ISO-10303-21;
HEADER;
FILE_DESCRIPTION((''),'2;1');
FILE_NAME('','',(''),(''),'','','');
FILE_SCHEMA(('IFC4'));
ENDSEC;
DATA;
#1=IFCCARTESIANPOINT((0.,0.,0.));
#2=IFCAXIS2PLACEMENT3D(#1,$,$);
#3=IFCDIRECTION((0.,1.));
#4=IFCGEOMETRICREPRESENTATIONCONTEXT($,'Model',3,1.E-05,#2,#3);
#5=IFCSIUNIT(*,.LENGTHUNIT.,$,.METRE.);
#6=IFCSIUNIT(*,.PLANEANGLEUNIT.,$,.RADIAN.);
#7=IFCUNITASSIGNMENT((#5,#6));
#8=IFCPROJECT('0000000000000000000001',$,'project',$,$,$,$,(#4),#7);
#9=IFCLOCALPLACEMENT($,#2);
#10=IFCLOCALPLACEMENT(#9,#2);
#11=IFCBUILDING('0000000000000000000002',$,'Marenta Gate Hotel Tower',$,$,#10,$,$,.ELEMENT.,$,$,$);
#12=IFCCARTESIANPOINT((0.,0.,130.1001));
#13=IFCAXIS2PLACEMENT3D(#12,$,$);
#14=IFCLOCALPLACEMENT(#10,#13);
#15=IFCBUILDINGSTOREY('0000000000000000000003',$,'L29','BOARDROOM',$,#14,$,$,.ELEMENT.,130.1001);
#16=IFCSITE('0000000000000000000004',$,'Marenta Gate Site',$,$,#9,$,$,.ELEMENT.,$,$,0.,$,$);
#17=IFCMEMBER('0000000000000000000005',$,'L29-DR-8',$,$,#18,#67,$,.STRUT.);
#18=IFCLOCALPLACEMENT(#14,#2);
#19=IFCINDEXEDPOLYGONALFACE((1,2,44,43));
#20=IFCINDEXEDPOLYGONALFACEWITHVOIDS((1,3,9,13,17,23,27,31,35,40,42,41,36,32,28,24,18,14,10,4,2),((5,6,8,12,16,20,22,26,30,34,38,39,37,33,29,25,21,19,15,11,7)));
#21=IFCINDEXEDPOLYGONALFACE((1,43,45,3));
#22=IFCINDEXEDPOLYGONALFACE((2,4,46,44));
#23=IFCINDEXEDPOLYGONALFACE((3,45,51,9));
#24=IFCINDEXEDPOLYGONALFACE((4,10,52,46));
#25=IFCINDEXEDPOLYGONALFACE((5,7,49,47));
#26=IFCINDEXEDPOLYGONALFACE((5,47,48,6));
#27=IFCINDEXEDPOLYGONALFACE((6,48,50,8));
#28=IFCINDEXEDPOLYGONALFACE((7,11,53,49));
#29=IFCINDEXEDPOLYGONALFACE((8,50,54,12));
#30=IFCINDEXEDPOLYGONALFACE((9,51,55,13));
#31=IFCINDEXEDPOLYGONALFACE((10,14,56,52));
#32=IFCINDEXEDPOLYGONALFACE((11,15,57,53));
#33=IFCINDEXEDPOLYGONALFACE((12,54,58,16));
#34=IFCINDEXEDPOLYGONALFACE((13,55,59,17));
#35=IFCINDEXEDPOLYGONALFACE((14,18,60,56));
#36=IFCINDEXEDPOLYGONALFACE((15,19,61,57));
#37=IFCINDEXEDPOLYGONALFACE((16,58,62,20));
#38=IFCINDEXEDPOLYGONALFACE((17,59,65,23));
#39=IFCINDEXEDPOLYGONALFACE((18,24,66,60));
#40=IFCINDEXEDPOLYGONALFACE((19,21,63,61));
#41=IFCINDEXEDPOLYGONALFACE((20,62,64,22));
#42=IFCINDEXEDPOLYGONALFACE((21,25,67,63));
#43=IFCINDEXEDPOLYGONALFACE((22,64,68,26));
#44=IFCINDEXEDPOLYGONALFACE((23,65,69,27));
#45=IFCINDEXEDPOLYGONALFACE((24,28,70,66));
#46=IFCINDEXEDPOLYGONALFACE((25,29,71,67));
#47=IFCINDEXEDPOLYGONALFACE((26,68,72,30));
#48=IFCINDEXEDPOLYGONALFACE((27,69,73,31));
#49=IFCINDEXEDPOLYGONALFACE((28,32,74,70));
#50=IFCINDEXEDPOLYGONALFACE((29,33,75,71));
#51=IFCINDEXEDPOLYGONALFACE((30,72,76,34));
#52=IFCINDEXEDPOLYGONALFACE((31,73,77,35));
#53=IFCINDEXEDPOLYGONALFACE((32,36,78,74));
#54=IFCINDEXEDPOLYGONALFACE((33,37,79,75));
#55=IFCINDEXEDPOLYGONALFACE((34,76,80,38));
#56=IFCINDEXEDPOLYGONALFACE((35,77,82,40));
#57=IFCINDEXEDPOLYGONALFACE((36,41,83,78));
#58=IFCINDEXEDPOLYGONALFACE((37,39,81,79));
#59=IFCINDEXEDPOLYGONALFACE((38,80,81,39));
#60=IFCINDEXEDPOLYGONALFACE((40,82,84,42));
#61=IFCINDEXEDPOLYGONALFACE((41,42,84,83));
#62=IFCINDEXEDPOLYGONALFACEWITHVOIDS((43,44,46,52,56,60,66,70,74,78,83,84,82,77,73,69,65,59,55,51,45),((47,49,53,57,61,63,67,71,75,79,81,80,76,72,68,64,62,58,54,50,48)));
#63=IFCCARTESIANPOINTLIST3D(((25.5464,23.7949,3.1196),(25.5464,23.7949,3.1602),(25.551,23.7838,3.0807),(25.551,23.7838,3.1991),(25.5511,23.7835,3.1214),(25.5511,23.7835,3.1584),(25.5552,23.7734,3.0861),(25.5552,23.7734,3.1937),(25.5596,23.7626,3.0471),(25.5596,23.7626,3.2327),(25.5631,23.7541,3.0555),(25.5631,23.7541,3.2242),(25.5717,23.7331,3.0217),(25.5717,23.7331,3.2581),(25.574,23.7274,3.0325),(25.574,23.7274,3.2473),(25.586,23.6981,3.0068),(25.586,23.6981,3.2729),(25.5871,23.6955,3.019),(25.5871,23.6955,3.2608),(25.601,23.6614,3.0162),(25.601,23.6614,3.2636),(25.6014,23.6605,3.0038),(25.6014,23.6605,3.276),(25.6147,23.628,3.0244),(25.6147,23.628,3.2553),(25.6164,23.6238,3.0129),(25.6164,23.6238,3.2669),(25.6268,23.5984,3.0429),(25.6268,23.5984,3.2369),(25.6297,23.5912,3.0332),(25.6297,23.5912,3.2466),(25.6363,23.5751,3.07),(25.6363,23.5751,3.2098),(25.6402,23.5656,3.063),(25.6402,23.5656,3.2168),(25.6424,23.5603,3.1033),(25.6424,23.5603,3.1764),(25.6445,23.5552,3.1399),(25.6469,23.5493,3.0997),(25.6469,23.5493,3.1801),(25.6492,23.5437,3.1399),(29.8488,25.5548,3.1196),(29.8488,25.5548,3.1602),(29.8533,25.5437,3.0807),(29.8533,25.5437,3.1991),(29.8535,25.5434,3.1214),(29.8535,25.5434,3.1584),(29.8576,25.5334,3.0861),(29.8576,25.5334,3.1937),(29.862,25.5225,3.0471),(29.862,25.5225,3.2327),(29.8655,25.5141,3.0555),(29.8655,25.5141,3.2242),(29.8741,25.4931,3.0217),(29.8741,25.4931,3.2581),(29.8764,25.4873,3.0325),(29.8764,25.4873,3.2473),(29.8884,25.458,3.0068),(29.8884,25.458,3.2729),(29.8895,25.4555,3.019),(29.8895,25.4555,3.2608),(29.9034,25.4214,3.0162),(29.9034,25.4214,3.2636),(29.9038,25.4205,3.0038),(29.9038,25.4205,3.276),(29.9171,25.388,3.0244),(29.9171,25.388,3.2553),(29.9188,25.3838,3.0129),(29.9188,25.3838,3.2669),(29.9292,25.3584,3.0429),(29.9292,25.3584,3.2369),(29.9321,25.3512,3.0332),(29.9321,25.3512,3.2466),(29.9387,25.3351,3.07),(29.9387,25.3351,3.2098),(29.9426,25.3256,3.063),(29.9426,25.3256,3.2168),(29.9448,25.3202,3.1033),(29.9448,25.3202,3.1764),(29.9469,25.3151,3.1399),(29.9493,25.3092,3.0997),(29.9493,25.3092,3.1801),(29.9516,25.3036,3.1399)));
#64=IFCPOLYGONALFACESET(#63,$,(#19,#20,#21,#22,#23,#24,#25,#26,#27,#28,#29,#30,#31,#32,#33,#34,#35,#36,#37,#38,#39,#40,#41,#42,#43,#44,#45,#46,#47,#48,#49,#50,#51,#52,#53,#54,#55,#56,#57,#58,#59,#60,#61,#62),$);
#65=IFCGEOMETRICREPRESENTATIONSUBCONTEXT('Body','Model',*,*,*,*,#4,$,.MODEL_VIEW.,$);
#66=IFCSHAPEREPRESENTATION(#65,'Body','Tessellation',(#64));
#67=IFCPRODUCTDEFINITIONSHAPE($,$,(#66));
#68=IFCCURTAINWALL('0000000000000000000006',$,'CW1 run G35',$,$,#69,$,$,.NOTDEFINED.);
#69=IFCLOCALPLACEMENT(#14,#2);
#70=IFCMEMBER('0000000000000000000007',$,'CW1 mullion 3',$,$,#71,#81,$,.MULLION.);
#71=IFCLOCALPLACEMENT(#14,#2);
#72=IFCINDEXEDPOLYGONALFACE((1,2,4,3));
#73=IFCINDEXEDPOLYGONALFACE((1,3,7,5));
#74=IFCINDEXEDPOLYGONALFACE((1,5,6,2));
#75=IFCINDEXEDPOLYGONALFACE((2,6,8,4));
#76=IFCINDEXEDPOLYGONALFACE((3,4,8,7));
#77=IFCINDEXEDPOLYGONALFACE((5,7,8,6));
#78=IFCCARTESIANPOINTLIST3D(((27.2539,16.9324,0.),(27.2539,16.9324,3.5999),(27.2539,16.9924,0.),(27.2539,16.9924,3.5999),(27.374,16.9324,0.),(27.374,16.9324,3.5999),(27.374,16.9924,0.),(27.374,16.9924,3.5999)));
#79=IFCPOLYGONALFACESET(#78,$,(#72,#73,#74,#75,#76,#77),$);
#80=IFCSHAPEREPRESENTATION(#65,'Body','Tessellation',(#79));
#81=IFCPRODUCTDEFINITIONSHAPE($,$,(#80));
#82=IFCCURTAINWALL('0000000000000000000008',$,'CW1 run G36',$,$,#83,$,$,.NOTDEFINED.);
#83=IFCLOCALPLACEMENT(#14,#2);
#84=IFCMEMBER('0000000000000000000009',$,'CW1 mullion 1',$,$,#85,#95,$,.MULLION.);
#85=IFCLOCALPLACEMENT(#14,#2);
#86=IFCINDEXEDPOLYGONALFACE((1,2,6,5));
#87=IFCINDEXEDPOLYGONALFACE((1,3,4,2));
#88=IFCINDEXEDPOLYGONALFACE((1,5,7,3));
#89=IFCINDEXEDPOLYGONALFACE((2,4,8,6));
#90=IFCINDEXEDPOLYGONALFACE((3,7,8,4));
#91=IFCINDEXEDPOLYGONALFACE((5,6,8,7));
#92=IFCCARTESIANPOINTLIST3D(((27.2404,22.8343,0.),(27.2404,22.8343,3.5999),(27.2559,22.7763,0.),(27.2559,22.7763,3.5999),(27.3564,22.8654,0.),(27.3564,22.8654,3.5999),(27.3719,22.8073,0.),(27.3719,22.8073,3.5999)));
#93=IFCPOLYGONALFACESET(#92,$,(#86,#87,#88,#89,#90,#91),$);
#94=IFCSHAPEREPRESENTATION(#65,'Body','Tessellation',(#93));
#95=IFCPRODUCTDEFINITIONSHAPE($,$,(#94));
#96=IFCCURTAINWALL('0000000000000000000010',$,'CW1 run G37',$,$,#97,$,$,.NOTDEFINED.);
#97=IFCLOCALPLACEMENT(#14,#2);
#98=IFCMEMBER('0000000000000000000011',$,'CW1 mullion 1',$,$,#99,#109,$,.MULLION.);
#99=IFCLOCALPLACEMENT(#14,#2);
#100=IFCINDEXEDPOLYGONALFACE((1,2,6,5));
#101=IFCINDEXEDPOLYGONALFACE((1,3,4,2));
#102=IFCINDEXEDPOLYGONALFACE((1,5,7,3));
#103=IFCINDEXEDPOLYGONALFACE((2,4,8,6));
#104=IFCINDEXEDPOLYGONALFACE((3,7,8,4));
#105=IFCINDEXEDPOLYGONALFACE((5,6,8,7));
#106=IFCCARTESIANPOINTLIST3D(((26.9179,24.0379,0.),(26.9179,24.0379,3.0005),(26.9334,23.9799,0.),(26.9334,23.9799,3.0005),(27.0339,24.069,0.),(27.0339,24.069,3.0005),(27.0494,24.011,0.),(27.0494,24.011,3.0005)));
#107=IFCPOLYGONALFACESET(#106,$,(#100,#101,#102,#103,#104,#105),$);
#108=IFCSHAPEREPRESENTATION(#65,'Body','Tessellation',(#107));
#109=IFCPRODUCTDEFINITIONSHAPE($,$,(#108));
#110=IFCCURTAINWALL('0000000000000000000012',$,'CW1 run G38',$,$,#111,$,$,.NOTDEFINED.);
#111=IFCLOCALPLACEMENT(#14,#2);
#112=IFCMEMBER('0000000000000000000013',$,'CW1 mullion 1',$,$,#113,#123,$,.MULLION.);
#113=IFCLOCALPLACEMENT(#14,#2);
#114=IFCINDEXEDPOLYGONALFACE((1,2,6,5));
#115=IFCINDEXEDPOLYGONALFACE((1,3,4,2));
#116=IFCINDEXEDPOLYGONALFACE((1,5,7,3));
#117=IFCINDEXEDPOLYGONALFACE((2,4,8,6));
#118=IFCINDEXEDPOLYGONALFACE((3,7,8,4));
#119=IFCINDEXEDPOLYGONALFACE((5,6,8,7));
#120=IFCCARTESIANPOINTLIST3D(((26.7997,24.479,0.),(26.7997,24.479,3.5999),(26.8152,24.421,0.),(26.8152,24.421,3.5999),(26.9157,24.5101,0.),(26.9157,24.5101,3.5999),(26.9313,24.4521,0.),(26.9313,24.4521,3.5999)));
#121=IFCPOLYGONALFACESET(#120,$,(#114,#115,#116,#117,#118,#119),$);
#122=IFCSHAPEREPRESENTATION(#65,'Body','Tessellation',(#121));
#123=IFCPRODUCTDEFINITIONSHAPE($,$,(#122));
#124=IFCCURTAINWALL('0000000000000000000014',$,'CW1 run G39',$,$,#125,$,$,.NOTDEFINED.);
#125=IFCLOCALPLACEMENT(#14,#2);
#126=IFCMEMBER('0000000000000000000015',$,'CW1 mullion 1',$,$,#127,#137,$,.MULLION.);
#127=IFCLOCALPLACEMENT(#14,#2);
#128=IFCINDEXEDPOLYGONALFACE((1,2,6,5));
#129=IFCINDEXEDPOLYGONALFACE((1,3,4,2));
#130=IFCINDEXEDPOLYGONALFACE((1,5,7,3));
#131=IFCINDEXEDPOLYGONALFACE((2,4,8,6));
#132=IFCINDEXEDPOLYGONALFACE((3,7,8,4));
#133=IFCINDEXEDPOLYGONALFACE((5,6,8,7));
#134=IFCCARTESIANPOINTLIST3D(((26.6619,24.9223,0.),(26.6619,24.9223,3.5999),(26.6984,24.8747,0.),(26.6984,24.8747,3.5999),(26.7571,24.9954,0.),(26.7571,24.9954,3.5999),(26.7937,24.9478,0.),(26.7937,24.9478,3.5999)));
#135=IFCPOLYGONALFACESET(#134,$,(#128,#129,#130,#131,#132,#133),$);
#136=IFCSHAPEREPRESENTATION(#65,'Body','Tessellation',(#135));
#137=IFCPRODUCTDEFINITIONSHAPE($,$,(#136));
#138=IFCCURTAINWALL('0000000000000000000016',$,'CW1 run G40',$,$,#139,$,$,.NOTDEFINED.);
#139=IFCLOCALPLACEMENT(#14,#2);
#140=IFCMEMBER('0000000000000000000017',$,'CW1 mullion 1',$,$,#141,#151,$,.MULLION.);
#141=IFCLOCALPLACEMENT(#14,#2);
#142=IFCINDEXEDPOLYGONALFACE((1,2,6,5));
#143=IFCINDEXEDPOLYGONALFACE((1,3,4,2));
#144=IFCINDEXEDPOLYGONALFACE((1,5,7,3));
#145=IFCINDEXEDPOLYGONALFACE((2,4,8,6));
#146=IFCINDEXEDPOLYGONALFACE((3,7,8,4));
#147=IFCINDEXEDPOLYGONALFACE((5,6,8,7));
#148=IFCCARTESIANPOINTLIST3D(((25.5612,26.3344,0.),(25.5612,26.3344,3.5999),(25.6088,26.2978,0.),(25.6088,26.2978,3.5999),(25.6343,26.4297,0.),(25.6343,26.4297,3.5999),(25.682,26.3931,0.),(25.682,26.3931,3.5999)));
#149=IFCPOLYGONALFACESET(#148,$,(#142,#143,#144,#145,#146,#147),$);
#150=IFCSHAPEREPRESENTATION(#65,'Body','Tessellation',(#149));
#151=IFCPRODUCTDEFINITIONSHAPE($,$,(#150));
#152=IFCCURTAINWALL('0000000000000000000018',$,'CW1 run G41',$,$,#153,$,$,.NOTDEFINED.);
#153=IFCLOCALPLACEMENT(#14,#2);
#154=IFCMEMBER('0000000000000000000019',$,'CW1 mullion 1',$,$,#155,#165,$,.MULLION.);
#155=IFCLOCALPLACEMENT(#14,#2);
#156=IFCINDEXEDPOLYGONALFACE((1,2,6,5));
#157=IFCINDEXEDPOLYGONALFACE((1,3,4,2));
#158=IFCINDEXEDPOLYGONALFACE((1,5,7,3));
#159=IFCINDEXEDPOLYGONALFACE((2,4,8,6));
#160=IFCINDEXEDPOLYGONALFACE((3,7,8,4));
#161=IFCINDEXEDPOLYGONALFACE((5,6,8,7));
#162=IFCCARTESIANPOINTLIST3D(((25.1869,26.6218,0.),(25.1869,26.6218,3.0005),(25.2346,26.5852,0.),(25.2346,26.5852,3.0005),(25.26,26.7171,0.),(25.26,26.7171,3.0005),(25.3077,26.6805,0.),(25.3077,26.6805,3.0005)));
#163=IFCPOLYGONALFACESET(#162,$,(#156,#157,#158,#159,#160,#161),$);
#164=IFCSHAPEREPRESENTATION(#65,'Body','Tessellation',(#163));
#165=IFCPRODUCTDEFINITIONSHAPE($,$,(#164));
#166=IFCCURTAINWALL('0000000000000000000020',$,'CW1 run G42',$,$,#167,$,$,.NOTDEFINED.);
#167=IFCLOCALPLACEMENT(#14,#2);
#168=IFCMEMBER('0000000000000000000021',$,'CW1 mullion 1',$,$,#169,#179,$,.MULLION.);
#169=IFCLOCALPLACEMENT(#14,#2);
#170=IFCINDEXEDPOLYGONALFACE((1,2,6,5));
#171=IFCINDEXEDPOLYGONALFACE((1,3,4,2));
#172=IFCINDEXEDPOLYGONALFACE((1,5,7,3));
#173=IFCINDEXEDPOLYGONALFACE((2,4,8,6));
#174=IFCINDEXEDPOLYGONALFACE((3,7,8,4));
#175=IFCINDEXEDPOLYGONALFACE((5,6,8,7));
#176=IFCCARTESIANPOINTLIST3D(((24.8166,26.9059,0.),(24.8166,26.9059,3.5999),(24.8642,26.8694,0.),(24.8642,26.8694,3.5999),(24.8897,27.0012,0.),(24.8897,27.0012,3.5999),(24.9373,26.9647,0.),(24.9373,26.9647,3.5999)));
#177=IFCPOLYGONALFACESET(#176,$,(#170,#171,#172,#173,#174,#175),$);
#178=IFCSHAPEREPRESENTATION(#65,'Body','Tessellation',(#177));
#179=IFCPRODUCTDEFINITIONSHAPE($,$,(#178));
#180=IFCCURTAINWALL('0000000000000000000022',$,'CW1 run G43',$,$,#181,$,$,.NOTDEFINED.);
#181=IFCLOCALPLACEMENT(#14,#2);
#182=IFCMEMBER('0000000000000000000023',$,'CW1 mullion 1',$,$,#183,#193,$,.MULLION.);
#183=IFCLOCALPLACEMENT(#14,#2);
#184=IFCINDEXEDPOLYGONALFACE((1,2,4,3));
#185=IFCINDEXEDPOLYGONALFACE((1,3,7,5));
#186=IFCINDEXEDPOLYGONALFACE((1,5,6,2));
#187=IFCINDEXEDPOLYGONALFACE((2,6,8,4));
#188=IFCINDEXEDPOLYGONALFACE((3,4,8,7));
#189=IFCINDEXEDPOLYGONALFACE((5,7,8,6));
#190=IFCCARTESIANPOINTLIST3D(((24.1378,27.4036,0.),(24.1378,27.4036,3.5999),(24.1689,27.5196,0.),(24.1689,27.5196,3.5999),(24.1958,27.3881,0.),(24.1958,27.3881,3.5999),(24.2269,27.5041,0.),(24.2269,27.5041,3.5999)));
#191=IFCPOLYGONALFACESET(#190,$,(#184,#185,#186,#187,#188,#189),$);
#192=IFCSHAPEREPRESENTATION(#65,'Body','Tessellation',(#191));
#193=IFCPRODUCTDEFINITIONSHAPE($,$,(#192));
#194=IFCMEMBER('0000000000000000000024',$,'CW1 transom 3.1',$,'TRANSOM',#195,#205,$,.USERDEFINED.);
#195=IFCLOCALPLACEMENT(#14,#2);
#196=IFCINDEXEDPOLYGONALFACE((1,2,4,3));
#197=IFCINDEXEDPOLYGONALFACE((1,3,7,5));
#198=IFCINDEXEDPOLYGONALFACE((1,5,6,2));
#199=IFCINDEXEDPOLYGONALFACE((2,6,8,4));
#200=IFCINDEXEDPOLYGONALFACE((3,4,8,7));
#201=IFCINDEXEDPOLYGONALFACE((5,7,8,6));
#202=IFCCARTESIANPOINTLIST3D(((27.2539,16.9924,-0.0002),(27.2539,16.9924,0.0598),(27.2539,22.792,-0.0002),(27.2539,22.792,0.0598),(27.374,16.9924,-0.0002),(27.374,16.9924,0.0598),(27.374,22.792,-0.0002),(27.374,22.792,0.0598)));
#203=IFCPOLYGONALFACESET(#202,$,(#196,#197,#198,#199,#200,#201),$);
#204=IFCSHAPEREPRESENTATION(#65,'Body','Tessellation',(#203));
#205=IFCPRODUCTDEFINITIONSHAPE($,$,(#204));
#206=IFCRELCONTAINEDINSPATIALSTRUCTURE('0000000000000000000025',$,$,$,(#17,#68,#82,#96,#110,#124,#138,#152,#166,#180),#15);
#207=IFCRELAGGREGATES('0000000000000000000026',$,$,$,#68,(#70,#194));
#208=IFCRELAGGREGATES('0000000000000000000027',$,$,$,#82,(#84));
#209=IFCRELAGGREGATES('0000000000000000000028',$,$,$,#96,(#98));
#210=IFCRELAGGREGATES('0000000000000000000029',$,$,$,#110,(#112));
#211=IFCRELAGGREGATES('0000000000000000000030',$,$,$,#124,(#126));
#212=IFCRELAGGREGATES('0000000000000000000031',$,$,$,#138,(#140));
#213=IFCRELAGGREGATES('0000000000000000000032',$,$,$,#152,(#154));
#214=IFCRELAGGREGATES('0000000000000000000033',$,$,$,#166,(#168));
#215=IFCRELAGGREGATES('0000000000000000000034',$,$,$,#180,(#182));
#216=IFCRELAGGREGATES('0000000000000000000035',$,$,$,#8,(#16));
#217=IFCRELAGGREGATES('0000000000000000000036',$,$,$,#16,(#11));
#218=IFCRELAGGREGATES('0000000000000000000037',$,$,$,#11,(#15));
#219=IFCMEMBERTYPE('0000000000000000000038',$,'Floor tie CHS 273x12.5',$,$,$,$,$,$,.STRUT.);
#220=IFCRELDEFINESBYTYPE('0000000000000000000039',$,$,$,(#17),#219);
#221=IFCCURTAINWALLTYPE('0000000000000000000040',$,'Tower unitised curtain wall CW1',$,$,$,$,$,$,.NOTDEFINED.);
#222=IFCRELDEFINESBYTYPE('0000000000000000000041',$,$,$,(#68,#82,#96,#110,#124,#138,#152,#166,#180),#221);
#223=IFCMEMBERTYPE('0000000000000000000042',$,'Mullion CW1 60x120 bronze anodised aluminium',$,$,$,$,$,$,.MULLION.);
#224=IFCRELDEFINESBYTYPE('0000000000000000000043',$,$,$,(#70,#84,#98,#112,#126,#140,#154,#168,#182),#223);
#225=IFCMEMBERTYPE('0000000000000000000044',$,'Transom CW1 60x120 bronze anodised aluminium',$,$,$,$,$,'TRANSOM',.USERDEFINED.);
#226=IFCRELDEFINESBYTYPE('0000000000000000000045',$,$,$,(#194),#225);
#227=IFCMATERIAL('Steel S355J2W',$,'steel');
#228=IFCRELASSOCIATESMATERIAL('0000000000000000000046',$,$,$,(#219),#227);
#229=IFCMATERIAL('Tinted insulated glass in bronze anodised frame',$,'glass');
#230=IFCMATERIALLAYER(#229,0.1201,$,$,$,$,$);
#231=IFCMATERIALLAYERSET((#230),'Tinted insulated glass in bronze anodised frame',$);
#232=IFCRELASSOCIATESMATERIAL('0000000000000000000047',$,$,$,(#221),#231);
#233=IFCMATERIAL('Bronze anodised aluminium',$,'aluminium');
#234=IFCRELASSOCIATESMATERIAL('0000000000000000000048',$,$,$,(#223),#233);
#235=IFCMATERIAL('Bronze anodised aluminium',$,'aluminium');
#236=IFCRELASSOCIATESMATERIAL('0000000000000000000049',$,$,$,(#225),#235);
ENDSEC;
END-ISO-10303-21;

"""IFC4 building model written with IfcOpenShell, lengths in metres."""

from ifc_helpers import new_model, si_unit, direction, frame, origin, origin_2d, place, context, subcontext, project, spatial, rectangle, hollow_circle, extrude, material, layer, layer_set, material_profile, profile_set, type_object, element, aggregate, save


model = new_model("IFC4")

# Units and contexts
model_context = context("Model", 3, precision=1e-05, world=origin(), true_north=direction((0.0, 1.0)))
body_context = subcontext(model_context, "Body", "Model", "MODEL_VIEW")
ifc_project = project(units=[si_unit("LENGTHUNIT", "METRE"), si_unit("PLANEANGLEUNIT", "RADIAN")], contexts=[model_context])

# Site, building, storey
site_placement = place(None, origin())
site = spatial("IfcSite", under=ifc_project, at=site_placement, Name="Marenta Gate Site", CompositionType="ELEMENT", RefElevation=0.0)
building_placement = place(site_placement, origin())
building = spatial("IfcBuilding", under=site, at=building_placement, Name="Marenta Gate Hotel Tower", CompositionType="ELEMENT")
storey_placement = place(building_placement, frame((0.0, 0.0, 130.1001)))
storey = spatial("IfcBuildingStorey", under=building, at=storey_placement, Name="L29", Description="BOARDROOM", CompositionType="ELEMENT", Elevation=130.1001)

# Member
ifc_material_1 = material(Name="Steel S355J2W", Category="steel")
ifc_material_profile_1 = material_profile(ifc_material_1, hollow_circle(Radius=0.1365, WallThickness=0.0125, at=origin_2d()), Name="CHS 273x12.5")
ifc_profile_set_1 = profile_set([ifc_material_profile_1], Name="Steel S355J2W")
member_type_1 = type_object("IfcMemberType", Name="Floor tie CHS 273x12.5", PredefinedType="STRUT", material=ifc_profile_set_1)
member_1_placement = place(storey_placement, frame((29.8999, 25.4299, 3.1399), z_axis=(-0.925554, -0.378614, 0.0), x_axis=(0.378614, -0.925554, 0.0)))
element("IfcMember", 1, at=member_1_placement, inside=storey, type_object=member_type_1, Name="L29-DR-8", PredefinedType="STRUT", context=body_context, shape_type="SweptSolid", body=[
    extrude(hollow_circle(Radius=0.1365, WallThickness=0.0125, at=origin_2d()), origin(), (0.0, 0.0, 1.0), 4.6484),
])

# Curtain walls, members
ifc_material_2 = material(Name="Tinted insulated glass in bronze anodised frame", Category="glass")
ifc_layer_1 = layer(ifc_material_2, 0.1201)
ifc_layer_set_1 = layer_set([ifc_layer_1], Name="Tinted insulated glass in bronze anodised frame")
curtain_wall_type = type_object("IfcCurtainWallType", Name="Tower unitised curtain wall CW1", PredefinedType="NOTDEFINED", material=ifc_layer_set_1)
curtain_wall_1_placement = place(storey_placement, origin())
curtain_wall_1 = element("IfcCurtainWall", 2, at=curtain_wall_1_placement, inside=storey, type_object=curtain_wall_type, Name="CW1 run G35", PredefinedType="NOTDEFINED")
ifc_material_3 = material(Name="Bronze anodised aluminium", Category="aluminium")
ifc_material_profile_2 = material_profile(ifc_material_3, rectangle(XDim=0.1201, YDim=0.0601, at=origin_2d()), Name="Mullion CW1 60x120 bronze anodised aluminium")
ifc_profile_set_2 = profile_set([ifc_material_profile_2], Name="Bronze anodised aluminium")
member_type_2 = type_object("IfcMemberType", Name="Mullion CW1 60x120 bronze anodised aluminium", PredefinedType="MULLION", material=ifc_profile_set_2)
member_2_placement = place(storey_placement, frame((27.314, 16.9624, 0.0), z_axis=(0.0, 0.0, 1.0), x_axis=(-1.0, 0.0, 0.0)))
member_2 = element("IfcMember", 3, at=member_2_placement, type_object=member_type_2, Name="CW1 mullion 3", PredefinedType="MULLION", context=body_context, shape_type="SweptSolid", body=[
    extrude(rectangle(XDim=0.1201, YDim=0.0601, at=origin_2d()), origin(), (0.0, 0.0, 1.0), 3.5999),
])
curtain_wall_2_placement = place(storey_placement, origin())
curtain_wall_2 = element("IfcCurtainWall", 4, at=curtain_wall_2_placement, inside=storey, type_object=curtain_wall_type, Name="CW1 run G36", PredefinedType="NOTDEFINED")
member_3_placement = place(storey_placement, frame((27.3062, 22.8208, 0.0), z_axis=(0.0, 0.0, 1.0), x_axis=(-0.965927, -0.258816, 0.0)))
member_3 = element("IfcMember", 5, at=member_3_placement, type_object=member_type_2, Name="CW1 mullion 1", PredefinedType="MULLION", context=body_context, shape_type="SweptSolid", body=[
    extrude(rectangle(XDim=0.1201, YDim=0.0601, at=origin_2d()), origin(), (0.0, 0.0, 1.0), 3.5999),
])
curtain_wall_3_placement = place(storey_placement, origin())
curtain_wall_3 = element("IfcCurtainWall", 6, at=curtain_wall_3_placement, inside=storey, type_object=curtain_wall_type, Name="CW1 run G37", PredefinedType="NOTDEFINED")
member_4_placement = place(storey_placement, frame((26.9836, 24.0244, 0.0), z_axis=(0.0, 0.0, 1.0), x_axis=(-0.965922, -0.258835, 0.0)))
member_4 = element("IfcMember", 7, at=member_4_placement, type_object=member_type_2, Name="CW1 mullion 1", PredefinedType="MULLION", context=body_context, shape_type="SweptSolid", body=[
    extrude(rectangle(XDim=0.1201, YDim=0.0601, at=origin_2d()), origin(), (0.0, 0.0, 1.0), 3.0005),
])
curtain_wall_4_placement = place(storey_placement, origin())
curtain_wall_4 = element("IfcCurtainWall", 8, at=curtain_wall_4_placement, inside=storey, type_object=curtain_wall_type, Name="CW1 run G38", PredefinedType="NOTDEFINED")
member_5_placement = place(storey_placement, frame((26.8655, 24.4656, 0.0), z_axis=(0.0, 0.0, 1.0), x_axis=(-0.965924, -0.258828, 0.0)))
member_5 = element("IfcMember", 9, at=member_5_placement, type_object=member_type_2, Name="CW1 mullion 1", PredefinedType="MULLION", context=body_context, shape_type="SweptSolid", body=[
    extrude(rectangle(XDim=0.1201, YDim=0.0601, at=origin_2d()), origin(), (0.0, 0.0, 1.0), 3.5999),
])
curtain_wall_5_placement = place(storey_placement, origin())
curtain_wall_5 = element("IfcCurtainWall", 10, at=curtain_wall_5_placement, inside=storey, type_object=curtain_wall_type, Name="CW1 run G39", PredefinedType="NOTDEFINED")
member_6_placement = place(storey_placement, frame((26.7278, 24.9351, 0.0), z_axis=(0.0, 0.0, 1.0), x_axis=(-0.793327, -0.608796, 0.0)))
member_6 = element("IfcMember", 11, at=member_6_placement, type_object=member_type_2, Name="CW1 mullion 1", PredefinedType="MULLION", context=body_context, shape_type="SweptSolid", body=[
    extrude(rectangle(XDim=0.1201, YDim=0.0601, at=origin_2d()), origin(), (0.0, 0.0, 1.0), 3.5999),
])
curtain_wall_6_placement = place(storey_placement, origin())
curtain_wall_6 = element("IfcCurtainWall", 12, at=curtain_wall_6_placement, inside=storey, type_object=curtain_wall_type, Name="CW1 run G40", PredefinedType="NOTDEFINED")
member_7_placement = place(storey_placement, frame((25.6216, 26.3638, 0.0), z_axis=(0.0, 0.0, 1.0), x_axis=(-0.608778, -0.79334, 0.0)))
member_7 = element("IfcMember", 13, at=member_7_placement, type_object=member_type_2, Name="CW1 mullion 1", PredefinedType="MULLION", context=body_context, shape_type="SweptSolid", body=[
    extrude(rectangle(XDim=0.1201, YDim=0.0601, at=origin_2d()), origin(), (0.0, 0.0, 1.0), 3.5999),
])
curtain_wall_7_placement = place(storey_placement, origin())
curtain_wall_7 = element("IfcCurtainWall", 14, at=curtain_wall_7_placement, inside=storey, type_object=curtain_wall_type, Name="CW1 run G41", PredefinedType="NOTDEFINED")
member_8_placement = place(storey_placement, frame((25.2473, 26.6511, 0.0), z_axis=(0.0, 0.0, 1.0), x_axis=(-0.608737, -0.793372, 0.0)))
member_8 = element("IfcMember", 15, at=member_8_placement, type_object=member_type_2, Name="CW1 mullion 1", PredefinedType="MULLION", context=body_context, shape_type="SweptSolid", body=[
    extrude(rectangle(XDim=0.1201, YDim=0.0601, at=origin_2d()), origin(), (0.0, 0.0, 1.0), 3.0005),
])
curtain_wall_8_placement = place(storey_placement, origin())
curtain_wall_8 = element("IfcCurtainWall", 16, at=curtain_wall_8_placement, inside=storey, type_object=curtain_wall_type, Name="CW1 run G42", PredefinedType="NOTDEFINED")
member_9_placement = place(storey_placement, frame((24.877, 26.9353, 0.0), z_axis=(0.0, 0.0, 1.0), x_axis=(-0.608837, -0.793295, 0.0)))
member_9 = element("IfcMember", 17, at=member_9_placement, type_object=member_type_2, Name="CW1 mullion 1", PredefinedType="MULLION", context=body_context, shape_type="SweptSolid", body=[
    extrude(rectangle(XDim=0.1201, YDim=0.0601, at=origin_2d()), origin(), (0.0, 0.0, 1.0), 3.5999),
])
curtain_wall_9_placement = place(storey_placement, origin())
curtain_wall_9 = element("IfcCurtainWall", 18, at=curtain_wall_9_placement, inside=storey, type_object=curtain_wall_type, Name="CW1 run G43", PredefinedType="NOTDEFINED")
member_10_placement = place(storey_placement, frame((24.1824, 27.4539, 0.0), z_axis=(0.0, 0.0, 1.0), x_axis=(-0.258806, -0.965929, 0.0)))
member_10 = element("IfcMember", 19, at=member_10_placement, type_object=member_type_2, Name="CW1 mullion 1", PredefinedType="MULLION", context=body_context, shape_type="SweptSolid", body=[
    extrude(rectangle(XDim=0.1201, YDim=0.0601, at=origin_2d()), origin(), (0.0, 0.0, 1.0), 3.5999),
])

# Member
ifc_material_4 = material(Name="Bronze anodised aluminium", Category="aluminium")
ifc_material_profile_3 = material_profile(ifc_material_4, rectangle(XDim=0.1201, YDim=0.0601, at=origin_2d()), Name="Transom CW1 60x120 bronze anodised aluminium")
ifc_profile_set_3 = profile_set([ifc_material_profile_3], Name="Bronze anodised aluminium")
member_type_3 = type_object("IfcMemberType", Name="Transom CW1 60x120 bronze anodised aluminium", ElementType="TRANSOM", PredefinedType="USERDEFINED", material=ifc_profile_set_3)
member_11_placement = place(storey_placement, frame((27.314, 16.9924, 0.0298), z_axis=(0.0, 1.0, 0.0), x_axis=(-1.0, 0.0, 0.0)))
member_11 = element("IfcMember", 20, at=member_11_placement, type_object=member_type_3, Name="CW1 transom 3.1", ObjectType="TRANSOM", PredefinedType="USERDEFINED", context=body_context, shape_type="SweptSolid", body=[
    extrude(rectangle(XDim=0.1201, YDim=0.0601, at=origin_2d()), origin(), (0.0, 0.0, 1.0), 5.7996),
])

aggregate(curtain_wall_1, [member_2, member_11])
aggregate(curtain_wall_2, [member_3])
aggregate(curtain_wall_3, [member_4])
aggregate(curtain_wall_4, [member_5])
aggregate(curtain_wall_5, [member_6])
aggregate(curtain_wall_6, [member_7])
aggregate(curtain_wall_7, [member_8])
aggregate(curtain_wall_8, [member_9])
aggregate(curtain_wall_9, [member_10])

save(model, "model.ifc")
